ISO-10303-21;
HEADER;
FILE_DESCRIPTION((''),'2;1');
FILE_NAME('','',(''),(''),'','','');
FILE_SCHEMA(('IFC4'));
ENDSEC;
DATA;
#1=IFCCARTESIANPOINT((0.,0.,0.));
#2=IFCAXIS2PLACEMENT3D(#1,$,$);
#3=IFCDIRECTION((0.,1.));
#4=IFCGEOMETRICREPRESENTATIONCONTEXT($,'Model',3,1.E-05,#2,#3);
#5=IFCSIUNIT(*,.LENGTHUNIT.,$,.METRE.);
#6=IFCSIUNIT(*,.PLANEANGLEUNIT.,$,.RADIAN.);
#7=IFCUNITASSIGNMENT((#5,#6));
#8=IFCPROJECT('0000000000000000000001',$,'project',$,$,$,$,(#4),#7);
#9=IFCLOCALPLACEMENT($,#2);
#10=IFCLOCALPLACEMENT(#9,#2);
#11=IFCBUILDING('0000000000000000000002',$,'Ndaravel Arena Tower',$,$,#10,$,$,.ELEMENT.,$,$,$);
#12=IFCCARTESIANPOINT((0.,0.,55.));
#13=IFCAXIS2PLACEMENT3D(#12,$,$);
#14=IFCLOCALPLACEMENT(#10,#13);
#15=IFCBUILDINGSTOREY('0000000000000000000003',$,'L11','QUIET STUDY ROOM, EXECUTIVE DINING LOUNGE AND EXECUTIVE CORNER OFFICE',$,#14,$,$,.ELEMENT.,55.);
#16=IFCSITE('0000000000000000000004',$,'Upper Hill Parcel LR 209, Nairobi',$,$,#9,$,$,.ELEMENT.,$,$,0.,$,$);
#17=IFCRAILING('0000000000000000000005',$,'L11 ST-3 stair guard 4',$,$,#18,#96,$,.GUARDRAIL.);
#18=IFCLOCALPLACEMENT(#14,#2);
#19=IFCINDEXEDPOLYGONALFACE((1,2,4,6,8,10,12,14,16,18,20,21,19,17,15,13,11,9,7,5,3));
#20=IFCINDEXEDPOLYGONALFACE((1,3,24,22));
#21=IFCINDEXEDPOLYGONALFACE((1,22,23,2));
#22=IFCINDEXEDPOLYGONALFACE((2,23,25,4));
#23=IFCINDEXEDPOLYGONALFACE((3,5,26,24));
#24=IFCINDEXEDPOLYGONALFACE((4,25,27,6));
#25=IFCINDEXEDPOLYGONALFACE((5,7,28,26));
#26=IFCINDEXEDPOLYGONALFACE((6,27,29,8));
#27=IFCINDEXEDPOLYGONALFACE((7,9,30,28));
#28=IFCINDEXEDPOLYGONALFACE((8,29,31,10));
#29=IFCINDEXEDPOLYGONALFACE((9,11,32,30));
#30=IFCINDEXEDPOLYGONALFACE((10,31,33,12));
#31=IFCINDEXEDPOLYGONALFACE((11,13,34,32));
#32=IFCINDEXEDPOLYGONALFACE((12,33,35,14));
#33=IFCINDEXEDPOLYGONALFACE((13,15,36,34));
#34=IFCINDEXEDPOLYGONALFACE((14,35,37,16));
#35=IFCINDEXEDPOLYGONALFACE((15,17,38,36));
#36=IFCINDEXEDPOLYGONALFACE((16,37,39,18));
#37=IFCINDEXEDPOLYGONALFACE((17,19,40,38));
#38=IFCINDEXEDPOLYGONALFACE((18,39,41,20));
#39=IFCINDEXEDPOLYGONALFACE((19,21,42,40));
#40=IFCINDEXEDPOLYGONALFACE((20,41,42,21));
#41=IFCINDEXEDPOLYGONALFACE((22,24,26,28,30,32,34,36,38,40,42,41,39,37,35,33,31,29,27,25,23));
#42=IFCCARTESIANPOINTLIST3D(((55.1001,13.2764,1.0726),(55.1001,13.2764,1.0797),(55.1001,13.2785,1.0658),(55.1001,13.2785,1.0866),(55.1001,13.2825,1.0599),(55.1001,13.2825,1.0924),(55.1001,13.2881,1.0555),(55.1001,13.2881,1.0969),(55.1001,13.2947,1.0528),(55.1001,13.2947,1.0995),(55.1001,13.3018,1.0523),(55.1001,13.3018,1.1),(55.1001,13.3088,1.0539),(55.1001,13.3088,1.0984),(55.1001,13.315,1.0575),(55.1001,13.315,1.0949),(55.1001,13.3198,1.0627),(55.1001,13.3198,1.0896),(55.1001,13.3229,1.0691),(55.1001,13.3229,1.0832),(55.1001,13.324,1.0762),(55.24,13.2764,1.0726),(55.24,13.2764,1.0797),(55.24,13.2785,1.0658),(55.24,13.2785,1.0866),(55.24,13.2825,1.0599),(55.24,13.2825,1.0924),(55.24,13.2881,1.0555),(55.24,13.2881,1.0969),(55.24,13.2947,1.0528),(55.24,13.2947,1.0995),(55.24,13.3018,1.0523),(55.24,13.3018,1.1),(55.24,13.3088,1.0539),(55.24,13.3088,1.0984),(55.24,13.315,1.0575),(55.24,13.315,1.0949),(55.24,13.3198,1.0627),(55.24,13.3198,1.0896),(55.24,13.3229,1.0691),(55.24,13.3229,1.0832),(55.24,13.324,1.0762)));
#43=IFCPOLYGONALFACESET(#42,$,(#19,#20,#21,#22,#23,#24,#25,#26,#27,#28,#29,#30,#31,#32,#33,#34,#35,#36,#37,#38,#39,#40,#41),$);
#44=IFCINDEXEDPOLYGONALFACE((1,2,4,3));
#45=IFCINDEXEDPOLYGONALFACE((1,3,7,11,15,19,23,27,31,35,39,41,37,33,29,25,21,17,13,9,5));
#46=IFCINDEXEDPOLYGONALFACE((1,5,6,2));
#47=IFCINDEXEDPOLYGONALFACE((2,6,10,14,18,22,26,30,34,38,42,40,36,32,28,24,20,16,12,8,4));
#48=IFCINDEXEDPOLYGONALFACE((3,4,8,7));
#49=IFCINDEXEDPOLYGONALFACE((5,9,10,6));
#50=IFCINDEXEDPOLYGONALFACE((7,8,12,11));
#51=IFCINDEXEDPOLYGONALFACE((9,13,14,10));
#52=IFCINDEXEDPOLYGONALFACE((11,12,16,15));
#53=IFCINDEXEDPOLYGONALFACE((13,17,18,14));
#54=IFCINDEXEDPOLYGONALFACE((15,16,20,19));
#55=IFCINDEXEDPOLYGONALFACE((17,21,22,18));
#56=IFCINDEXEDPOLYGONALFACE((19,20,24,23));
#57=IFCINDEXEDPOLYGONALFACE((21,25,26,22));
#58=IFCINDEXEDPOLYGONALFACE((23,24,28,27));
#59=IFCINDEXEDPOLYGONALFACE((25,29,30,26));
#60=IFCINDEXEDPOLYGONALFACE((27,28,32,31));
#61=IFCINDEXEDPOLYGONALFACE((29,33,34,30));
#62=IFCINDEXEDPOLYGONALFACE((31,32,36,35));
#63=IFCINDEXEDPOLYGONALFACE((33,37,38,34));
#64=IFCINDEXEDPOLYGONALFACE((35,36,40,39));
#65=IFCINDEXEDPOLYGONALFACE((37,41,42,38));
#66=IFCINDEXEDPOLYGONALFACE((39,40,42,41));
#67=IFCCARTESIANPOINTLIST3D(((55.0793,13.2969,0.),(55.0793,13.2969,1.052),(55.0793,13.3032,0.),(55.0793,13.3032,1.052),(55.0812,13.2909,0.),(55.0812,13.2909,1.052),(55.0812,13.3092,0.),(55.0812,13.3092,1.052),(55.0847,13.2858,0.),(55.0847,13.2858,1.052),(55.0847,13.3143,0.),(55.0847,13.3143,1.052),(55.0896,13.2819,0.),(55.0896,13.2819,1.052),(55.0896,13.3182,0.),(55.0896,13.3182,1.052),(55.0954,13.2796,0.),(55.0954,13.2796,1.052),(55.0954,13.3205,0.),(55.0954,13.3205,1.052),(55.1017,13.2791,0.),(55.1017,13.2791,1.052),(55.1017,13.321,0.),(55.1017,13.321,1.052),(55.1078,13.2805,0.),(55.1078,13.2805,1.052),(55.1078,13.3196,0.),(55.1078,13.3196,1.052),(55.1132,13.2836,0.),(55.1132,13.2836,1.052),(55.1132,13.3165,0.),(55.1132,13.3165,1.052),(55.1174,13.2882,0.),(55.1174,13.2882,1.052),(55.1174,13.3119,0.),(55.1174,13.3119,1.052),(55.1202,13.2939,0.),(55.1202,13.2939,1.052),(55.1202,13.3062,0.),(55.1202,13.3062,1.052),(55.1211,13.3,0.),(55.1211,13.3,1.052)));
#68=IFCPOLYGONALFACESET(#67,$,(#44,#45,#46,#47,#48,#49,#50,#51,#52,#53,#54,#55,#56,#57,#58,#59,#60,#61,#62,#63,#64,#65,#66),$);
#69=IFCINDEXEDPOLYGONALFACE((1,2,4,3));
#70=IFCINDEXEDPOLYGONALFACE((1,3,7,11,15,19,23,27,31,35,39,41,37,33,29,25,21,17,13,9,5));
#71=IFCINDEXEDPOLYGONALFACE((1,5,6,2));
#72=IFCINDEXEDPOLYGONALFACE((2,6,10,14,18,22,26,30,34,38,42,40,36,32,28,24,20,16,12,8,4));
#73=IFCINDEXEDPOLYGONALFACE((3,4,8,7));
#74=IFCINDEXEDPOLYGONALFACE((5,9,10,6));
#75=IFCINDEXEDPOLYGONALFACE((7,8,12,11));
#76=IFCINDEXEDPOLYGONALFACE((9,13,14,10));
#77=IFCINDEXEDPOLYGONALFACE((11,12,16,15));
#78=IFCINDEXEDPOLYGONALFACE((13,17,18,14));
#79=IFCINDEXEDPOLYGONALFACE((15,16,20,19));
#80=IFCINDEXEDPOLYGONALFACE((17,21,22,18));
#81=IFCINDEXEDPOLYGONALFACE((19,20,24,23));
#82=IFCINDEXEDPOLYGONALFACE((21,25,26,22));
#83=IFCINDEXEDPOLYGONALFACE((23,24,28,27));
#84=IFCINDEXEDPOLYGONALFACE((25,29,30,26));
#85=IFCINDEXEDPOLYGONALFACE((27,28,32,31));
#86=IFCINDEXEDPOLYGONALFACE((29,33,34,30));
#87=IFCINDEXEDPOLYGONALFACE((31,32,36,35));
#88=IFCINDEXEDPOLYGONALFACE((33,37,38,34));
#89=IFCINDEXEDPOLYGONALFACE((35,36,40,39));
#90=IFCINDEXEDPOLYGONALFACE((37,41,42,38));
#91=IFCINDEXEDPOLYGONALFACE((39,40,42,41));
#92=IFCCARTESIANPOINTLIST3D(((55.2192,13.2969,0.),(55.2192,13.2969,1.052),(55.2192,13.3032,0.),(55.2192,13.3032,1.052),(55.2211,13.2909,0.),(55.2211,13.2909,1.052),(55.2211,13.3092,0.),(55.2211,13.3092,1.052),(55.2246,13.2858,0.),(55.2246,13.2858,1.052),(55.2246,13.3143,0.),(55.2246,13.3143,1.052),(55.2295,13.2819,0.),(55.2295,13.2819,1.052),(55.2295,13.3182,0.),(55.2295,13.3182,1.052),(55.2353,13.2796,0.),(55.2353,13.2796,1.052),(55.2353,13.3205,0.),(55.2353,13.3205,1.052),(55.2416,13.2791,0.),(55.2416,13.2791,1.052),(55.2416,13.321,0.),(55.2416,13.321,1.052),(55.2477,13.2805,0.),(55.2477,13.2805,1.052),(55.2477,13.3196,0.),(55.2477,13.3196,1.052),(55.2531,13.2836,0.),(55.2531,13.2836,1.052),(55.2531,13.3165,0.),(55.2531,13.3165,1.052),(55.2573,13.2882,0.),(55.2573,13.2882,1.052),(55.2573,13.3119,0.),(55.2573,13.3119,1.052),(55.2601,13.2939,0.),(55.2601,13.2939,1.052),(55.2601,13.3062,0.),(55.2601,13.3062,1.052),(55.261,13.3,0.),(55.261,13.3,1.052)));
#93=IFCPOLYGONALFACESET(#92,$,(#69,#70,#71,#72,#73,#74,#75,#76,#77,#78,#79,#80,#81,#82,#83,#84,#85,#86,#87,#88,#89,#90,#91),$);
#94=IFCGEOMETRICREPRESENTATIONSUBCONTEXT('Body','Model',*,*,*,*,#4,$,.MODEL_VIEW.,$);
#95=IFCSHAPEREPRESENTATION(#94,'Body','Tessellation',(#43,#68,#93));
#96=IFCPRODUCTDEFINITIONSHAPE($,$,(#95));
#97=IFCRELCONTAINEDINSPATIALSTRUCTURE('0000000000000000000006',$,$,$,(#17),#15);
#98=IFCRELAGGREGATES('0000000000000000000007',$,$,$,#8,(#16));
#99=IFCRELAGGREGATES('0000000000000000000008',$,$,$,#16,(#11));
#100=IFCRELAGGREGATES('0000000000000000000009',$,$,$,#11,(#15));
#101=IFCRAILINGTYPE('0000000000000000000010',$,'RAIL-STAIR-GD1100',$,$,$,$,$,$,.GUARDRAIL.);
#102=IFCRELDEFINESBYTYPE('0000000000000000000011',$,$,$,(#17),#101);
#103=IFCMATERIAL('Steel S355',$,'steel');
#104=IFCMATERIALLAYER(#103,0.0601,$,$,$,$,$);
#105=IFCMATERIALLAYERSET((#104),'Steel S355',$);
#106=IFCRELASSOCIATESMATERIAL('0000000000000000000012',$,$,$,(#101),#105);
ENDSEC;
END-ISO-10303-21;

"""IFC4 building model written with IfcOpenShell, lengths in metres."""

from ifc_helpers import new_model, si_unit, direction, frame, origin, origin_2d, place, context, subcontext, project, spatial, circle, extrude, material, layer, layer_set, type_object, element, save


model = new_model("IFC4")

# Units and contexts
model_context = context("Model", 3, precision=1e-05, world=origin(), true_north=direction((0.0, 1.0)))
body_context = subcontext(model_context, "Body", "Model", "MODEL_VIEW")
ifc_project = project(units=[si_unit("LENGTHUNIT", "METRE"), si_unit("PLANEANGLEUNIT", "RADIAN")], contexts=[model_context])

# Site, building, storey
site_placement = place(None, origin())
site = spatial("IfcSite", under=ifc_project, at=site_placement, Name="Upper Hill Parcel LR 209, Nairobi", CompositionType="ELEMENT", RefElevation=0.0)
building_placement = place(site_placement, origin())
building = spatial("IfcBuilding", under=site, at=building_placement, Name="Ndaravel Arena Tower", CompositionType="ELEMENT")
storey_placement = place(building_placement, frame((0.0, 0.0, 55.0)))
storey = spatial("IfcBuildingStorey", under=building, at=storey_placement, Name="L11", Description="QUIET STUDY ROOM, EXECUTIVE DINING LOUNGE AND EXECUTIVE CORNER OFFICE", CompositionType="ELEMENT", Elevation=55.0)

# Railing
ifc_material_1 = material(Name="Steel S355", Category="steel")
ifc_layer_1 = layer(ifc_material_1, 0.0601)
ifc_layer_set_1 = layer_set([ifc_layer_1], Name="Steel S355")
railing_type_1 = type_object("IfcRailingType", Name="RAIL-STAIR-GD1100", PredefinedType="GUARDRAIL", material=ifc_layer_set_1)
railing_1_placement = place(storey_placement, frame((55.1001, 13.3, 0.0)))
element("IfcRailing", 1, at=railing_1_placement, inside=storey, type_object=railing_type_1, Name="L11 ST-3 stair guard 4", PredefinedType="GUARDRAIL", context=body_context, shape_type="SweptSolid", body=[
    extrude(circle(Radius=0.0239, at=origin_2d()), frame((0.0, 0.0, 1.0762), z_axis=(1.0, 0.0, 0.0), x_axis=(0.0, 1.0, 0.0)), (0.0, 0.0, 1.0), 0.1399),
    extrude(circle(Radius=0.021, at=origin_2d()), origin(), (0.0, 0.0, 1.0), 1.052),
    extrude(circle(Radius=0.021, at=origin_2d()), frame((0.1399, 0.0, 0.0)), (0.0, 0.0, 1.0), 1.052),
])

save(model, "model.ifc")
